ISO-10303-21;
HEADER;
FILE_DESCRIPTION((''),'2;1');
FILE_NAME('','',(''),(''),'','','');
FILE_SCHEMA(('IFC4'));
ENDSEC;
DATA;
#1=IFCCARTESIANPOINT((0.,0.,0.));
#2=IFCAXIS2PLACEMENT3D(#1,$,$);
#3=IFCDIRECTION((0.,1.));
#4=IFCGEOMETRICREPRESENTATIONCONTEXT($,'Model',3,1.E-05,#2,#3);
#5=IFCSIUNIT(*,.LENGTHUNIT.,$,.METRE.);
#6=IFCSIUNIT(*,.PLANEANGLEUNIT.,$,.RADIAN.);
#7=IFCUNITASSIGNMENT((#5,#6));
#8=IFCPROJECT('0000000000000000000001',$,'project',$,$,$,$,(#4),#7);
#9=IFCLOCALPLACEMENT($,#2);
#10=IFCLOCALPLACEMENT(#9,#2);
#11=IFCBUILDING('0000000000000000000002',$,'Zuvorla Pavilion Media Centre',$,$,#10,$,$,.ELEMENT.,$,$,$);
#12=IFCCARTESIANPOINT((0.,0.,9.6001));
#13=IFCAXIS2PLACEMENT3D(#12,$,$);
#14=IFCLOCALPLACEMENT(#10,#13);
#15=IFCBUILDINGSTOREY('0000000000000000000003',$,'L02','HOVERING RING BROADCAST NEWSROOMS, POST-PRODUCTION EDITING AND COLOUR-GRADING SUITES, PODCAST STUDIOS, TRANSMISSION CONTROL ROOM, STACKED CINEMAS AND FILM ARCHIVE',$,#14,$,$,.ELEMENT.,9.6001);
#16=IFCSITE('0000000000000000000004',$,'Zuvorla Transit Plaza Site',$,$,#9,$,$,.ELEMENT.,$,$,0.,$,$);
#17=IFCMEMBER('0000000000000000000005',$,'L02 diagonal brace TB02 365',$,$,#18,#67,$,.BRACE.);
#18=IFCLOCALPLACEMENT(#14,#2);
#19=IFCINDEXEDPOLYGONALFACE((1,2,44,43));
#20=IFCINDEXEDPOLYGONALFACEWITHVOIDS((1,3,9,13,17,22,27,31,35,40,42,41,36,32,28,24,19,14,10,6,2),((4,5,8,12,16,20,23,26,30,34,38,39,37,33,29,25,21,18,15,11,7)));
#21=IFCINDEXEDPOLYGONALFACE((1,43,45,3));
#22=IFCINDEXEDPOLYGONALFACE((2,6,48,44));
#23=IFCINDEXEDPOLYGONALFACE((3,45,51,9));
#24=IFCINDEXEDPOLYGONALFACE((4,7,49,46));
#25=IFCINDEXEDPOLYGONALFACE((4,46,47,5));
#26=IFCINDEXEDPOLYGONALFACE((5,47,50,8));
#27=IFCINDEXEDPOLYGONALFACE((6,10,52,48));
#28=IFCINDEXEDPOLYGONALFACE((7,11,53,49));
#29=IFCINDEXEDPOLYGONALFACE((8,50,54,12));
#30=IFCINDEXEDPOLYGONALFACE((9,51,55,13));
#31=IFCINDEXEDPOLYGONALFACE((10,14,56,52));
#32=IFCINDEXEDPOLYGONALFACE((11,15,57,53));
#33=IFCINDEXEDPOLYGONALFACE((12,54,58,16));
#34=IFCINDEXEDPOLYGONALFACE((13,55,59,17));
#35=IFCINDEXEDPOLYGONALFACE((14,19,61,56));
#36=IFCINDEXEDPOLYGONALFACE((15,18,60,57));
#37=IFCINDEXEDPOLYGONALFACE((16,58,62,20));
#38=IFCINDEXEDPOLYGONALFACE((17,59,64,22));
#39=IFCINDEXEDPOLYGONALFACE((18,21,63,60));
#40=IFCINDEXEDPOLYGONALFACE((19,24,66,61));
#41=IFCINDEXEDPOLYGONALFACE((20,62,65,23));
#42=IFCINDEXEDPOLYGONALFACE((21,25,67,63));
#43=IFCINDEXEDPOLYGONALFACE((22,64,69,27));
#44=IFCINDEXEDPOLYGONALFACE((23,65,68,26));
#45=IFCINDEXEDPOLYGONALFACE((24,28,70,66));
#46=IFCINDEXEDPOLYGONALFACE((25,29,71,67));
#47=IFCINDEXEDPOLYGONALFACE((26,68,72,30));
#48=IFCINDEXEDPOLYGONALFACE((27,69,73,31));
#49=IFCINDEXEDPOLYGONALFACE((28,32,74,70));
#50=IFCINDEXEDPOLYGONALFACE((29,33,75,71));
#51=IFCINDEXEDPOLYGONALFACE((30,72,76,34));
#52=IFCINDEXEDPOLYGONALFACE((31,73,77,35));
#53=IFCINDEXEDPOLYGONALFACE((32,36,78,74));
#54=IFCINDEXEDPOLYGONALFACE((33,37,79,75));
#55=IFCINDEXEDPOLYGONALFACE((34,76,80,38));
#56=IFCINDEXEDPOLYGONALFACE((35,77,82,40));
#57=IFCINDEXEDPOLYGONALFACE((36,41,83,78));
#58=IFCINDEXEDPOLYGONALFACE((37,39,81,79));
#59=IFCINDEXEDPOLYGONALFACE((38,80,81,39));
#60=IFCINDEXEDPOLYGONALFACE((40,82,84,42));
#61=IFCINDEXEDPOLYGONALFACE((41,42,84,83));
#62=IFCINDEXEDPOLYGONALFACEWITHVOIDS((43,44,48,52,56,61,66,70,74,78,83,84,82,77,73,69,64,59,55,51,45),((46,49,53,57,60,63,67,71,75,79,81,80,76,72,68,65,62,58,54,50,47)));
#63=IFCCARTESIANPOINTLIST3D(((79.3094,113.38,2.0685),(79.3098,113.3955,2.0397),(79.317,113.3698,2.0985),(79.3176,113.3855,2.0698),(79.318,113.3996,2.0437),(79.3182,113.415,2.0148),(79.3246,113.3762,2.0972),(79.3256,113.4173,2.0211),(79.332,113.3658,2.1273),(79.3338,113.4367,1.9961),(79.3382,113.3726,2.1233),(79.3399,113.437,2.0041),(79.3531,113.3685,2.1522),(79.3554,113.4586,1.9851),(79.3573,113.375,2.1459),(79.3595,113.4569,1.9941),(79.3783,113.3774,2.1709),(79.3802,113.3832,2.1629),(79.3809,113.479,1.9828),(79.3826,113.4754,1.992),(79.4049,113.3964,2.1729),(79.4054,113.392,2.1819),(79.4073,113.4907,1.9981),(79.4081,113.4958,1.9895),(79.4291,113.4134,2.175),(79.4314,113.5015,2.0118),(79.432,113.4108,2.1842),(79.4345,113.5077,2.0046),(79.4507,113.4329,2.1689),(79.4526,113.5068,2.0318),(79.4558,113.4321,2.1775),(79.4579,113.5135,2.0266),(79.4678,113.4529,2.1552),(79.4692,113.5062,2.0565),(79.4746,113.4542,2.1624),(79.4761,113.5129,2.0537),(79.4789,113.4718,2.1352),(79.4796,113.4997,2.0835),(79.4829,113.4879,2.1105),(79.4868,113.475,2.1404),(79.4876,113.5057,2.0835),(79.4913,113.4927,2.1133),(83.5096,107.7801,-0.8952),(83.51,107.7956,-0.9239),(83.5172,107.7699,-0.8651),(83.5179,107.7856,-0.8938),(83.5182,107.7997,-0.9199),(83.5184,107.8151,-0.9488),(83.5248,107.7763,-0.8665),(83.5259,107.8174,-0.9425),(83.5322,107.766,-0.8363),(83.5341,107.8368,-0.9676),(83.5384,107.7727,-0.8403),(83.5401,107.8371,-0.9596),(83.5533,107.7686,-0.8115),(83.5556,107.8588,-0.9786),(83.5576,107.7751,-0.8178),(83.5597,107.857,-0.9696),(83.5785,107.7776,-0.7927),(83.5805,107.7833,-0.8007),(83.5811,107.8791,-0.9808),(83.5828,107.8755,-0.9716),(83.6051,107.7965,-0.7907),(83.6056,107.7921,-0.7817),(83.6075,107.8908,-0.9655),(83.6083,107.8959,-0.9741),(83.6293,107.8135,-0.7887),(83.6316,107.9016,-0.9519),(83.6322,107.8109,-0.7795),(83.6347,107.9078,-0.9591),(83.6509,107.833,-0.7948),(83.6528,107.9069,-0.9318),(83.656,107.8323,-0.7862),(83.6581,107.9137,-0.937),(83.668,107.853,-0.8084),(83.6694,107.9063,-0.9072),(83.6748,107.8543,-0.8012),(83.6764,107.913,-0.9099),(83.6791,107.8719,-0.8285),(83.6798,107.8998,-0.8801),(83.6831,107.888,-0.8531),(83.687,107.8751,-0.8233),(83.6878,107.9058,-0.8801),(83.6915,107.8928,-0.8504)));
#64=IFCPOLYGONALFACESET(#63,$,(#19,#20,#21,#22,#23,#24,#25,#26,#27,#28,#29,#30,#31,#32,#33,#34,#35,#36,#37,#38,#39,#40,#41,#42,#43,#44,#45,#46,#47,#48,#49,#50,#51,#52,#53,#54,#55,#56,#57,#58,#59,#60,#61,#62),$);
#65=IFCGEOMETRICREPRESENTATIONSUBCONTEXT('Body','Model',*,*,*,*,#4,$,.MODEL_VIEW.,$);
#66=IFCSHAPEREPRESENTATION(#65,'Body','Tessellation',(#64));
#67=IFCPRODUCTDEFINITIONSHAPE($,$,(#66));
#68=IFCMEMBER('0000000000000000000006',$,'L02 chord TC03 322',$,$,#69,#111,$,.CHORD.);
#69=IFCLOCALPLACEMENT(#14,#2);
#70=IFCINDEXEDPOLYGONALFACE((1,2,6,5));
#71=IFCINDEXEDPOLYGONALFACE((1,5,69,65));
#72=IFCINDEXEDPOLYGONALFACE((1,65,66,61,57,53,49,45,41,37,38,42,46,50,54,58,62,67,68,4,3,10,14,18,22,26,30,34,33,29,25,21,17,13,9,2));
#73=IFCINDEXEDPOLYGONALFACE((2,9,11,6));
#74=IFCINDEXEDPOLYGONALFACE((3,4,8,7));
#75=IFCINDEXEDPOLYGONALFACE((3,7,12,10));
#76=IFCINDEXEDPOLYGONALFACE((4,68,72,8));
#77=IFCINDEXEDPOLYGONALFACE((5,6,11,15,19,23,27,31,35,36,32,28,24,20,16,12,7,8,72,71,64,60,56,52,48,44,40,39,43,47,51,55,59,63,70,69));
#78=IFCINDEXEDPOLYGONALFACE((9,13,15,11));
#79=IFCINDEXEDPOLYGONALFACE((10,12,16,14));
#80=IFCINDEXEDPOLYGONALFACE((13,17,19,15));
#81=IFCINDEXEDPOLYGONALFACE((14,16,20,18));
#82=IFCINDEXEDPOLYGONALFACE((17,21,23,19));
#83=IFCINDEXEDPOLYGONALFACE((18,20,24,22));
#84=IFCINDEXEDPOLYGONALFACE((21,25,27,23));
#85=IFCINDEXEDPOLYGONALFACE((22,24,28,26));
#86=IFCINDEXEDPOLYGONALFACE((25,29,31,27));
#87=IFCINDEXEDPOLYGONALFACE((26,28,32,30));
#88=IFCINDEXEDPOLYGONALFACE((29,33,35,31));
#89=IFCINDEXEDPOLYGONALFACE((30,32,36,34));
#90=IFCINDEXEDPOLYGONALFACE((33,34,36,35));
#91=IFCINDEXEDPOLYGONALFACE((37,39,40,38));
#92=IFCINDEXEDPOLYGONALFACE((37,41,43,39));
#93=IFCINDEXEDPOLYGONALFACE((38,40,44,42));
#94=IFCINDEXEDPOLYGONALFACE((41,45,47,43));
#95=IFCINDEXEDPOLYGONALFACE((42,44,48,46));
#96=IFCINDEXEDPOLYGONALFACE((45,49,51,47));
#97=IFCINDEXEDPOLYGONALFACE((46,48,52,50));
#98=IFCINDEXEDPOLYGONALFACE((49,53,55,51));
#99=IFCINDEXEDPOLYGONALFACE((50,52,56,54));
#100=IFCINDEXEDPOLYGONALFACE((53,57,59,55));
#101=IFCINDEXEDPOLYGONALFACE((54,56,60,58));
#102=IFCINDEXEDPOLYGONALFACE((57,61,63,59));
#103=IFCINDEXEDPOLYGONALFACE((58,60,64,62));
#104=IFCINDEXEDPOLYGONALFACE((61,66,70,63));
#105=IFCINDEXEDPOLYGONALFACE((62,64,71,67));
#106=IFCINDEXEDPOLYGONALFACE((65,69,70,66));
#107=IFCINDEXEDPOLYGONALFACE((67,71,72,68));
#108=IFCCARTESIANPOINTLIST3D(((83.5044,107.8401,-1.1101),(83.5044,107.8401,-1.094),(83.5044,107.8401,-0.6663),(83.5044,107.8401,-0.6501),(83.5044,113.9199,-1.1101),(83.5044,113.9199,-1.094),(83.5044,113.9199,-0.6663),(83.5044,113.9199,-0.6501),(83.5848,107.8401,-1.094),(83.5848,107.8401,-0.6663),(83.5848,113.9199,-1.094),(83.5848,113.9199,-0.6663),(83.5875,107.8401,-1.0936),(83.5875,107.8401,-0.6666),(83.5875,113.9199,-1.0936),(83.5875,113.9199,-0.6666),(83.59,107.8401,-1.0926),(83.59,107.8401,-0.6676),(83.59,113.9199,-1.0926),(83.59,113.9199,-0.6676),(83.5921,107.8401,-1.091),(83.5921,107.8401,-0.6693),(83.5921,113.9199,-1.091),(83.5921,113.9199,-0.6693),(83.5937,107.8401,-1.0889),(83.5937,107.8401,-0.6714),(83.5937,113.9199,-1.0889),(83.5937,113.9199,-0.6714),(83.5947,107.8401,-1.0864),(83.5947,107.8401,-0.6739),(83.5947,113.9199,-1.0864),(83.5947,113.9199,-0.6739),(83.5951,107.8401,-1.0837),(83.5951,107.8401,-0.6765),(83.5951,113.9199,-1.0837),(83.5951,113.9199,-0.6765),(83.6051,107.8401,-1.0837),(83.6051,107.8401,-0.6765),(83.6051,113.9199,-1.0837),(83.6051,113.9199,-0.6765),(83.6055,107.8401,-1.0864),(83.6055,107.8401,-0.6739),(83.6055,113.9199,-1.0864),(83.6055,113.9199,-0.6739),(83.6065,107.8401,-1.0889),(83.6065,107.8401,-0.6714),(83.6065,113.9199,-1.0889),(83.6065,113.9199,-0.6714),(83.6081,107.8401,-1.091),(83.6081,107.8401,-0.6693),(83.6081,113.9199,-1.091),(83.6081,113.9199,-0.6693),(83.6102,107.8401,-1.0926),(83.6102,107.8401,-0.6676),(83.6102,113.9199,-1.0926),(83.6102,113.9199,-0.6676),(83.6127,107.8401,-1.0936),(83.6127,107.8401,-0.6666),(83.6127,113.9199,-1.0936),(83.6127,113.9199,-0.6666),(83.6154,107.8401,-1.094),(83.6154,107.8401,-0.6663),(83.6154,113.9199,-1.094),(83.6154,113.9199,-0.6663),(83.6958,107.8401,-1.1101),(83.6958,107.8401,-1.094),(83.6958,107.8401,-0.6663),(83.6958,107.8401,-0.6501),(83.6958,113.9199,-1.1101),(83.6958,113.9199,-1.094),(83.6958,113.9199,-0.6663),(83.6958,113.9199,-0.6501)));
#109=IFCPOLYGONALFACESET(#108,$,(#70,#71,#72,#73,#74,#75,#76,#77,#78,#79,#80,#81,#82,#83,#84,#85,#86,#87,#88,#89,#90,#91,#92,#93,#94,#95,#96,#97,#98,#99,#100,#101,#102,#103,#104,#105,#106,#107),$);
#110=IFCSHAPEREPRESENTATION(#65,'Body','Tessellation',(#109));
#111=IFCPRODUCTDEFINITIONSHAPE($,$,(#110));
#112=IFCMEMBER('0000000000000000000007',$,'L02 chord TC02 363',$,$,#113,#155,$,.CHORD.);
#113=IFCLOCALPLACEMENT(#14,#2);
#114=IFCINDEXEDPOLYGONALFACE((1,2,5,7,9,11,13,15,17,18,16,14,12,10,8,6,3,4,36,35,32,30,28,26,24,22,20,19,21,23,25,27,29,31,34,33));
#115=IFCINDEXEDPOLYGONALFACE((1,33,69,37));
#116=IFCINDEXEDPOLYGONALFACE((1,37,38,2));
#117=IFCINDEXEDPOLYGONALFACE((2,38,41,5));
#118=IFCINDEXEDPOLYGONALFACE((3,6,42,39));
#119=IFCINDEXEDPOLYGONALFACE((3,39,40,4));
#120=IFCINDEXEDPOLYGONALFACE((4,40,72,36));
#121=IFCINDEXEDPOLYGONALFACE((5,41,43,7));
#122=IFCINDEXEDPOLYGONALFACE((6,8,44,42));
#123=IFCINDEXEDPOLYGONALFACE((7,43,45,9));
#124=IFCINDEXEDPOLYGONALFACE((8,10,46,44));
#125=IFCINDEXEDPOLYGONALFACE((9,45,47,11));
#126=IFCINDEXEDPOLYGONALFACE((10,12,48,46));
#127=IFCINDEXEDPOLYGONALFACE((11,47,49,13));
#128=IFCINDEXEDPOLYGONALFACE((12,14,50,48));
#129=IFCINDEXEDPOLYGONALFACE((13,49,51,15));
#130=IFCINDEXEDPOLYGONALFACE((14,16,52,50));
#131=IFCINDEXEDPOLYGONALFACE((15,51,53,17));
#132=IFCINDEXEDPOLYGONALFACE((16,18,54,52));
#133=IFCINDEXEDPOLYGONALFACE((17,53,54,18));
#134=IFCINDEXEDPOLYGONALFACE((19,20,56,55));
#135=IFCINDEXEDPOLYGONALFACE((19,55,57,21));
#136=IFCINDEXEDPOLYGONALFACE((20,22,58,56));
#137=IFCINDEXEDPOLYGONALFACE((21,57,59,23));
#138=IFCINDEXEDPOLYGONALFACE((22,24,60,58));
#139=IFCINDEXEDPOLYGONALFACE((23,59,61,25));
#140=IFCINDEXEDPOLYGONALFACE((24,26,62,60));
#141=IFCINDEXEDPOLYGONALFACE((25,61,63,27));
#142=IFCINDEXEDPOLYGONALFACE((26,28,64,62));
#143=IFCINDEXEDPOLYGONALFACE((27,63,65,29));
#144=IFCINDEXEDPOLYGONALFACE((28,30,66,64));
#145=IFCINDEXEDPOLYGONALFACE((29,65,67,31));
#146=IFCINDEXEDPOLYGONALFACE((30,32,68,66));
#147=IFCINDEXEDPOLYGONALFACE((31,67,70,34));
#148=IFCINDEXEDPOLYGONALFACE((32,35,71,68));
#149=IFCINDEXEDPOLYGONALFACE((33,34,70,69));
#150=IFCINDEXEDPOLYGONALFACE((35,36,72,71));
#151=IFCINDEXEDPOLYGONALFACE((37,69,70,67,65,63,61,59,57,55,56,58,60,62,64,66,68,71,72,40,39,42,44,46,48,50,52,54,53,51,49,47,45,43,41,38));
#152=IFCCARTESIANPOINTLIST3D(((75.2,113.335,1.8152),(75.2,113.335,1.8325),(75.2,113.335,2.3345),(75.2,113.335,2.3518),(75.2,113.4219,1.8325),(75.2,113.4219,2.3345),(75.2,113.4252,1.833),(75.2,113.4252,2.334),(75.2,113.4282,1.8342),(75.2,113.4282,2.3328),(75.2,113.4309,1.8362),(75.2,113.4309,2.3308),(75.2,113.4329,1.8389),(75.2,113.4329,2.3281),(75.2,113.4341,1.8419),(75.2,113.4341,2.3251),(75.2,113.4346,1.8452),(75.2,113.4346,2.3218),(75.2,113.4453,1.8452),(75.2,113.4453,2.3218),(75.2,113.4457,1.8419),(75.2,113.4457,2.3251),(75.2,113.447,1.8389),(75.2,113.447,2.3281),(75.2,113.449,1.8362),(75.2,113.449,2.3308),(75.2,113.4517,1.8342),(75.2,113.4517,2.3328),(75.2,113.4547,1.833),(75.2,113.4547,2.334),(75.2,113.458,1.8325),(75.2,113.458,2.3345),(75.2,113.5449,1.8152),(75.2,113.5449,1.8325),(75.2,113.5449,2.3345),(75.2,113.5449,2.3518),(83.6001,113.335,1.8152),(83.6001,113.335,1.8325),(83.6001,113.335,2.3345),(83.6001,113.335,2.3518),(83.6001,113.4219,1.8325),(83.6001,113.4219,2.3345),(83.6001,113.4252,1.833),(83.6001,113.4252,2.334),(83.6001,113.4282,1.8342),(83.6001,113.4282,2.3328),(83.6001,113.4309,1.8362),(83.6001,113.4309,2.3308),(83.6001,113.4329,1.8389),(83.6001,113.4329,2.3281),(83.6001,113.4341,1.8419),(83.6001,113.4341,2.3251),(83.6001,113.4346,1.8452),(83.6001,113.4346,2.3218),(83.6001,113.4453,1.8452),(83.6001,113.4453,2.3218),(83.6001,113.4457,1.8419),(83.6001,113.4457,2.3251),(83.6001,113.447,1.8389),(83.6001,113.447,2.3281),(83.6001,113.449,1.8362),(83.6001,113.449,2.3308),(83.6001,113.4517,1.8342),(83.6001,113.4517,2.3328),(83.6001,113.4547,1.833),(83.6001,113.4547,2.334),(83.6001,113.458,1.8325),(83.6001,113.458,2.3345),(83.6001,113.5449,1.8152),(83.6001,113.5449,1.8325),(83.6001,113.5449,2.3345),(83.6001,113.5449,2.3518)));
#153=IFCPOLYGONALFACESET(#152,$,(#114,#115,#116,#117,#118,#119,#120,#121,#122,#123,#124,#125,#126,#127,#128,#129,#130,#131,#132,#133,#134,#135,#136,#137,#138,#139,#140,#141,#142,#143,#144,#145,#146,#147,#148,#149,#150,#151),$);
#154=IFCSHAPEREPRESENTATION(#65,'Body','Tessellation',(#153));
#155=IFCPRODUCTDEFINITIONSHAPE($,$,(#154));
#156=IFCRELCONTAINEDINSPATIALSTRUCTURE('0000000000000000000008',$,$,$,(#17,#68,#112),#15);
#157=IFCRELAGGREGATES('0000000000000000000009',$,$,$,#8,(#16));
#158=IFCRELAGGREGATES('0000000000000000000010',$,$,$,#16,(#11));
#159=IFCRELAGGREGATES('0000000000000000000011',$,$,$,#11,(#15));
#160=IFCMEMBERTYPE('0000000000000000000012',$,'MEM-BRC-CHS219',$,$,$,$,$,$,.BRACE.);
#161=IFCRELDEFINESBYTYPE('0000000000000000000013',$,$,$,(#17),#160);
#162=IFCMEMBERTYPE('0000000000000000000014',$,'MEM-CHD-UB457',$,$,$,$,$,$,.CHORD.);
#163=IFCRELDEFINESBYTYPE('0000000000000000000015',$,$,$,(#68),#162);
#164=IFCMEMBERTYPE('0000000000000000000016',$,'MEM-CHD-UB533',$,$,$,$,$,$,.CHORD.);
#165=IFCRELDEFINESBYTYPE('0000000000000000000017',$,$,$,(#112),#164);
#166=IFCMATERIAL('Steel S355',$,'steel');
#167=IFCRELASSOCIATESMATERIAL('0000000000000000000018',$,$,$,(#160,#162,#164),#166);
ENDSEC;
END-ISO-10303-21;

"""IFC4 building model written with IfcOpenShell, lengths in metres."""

from ifc_helpers import new_model, si_unit, direction, frame, origin, origin_2d, place, context, subcontext, project, spatial, hollow_circle, i_section, extrude, material, material_profile, profile_set, type_object, element, save


model = new_model("IFC4")

# Units and contexts
model_context = context("Model", 3, precision=1e-05, world=origin(), true_north=direction((0.0, 1.0)))
body_context = subcontext(model_context, "Body", "Model", "MODEL_VIEW")
ifc_project = project(units=[si_unit("LENGTHUNIT", "METRE"), si_unit("PLANEANGLEUNIT", "RADIAN")], contexts=[model_context])

# Site, building, storey
site_placement = place(None, origin())
site = spatial("IfcSite", under=ifc_project, at=site_placement, Name="Zuvorla Transit Plaza Site", CompositionType="ELEMENT", RefElevation=0.0)
building_placement = place(site_placement, origin())
building = spatial("IfcBuilding", under=site, at=building_placement, Name="Zuvorla Pavilion Media Centre", CompositionType="ELEMENT")
storey_placement = place(building_placement, frame((0.0, 0.0, 9.6001)))
storey = spatial("IfcBuildingStorey", under=building, at=storey_placement, Name="L02", Description="HOVERING RING BROADCAST NEWSROOMS, POST-PRODUCTION EDITING AND COLOUR-GRADING SUITES, PODCAST STUDIOS, TRANSMISSION CONTROL ROOM, STACKED CINEMAS AND FILM ARCHIVE", CompositionType="ELEMENT", Elevation=9.6001)

# Members
ifc_material_1 = material(Name="Steel S355", Category="steel")
ifc_material_profile_1 = material_profile(ifc_material_1, hollow_circle(Radius=0.1096, WallThickness=0.01, at=origin_2d()), Name="CHS 219.1x10")
ifc_profile_set_1 = profile_set([ifc_material_profile_1], Name="Steel S355")
member_type_1 = type_object("IfcMemberType", Name="MEM-BRC-CHS219", PredefinedType="BRACE", material=ifc_profile_set_1)
member_1_placement = place(storey_placement, frame((79.3999, 113.4399, 2.0835), z_axis=(0.552547, -0.736676, -0.389873), x_axis=(0.799979, 0.600028, 0.0)))
element("IfcMember", 1, at=member_1_placement, inside=storey, type_object=member_type_1, Name="L02 diagonal brace TB02 365", PredefinedType="BRACE", context=body_context, shape_type="SweptSolid", body=[
    extrude(hollow_circle(Radius=0.1096, WallThickness=0.01, at=origin_2d()), origin(), (0.0, 0.0, 1.0), 7.6016),
])
ifc_material_profile_2 = material_profile(ifc_material_1, i_section(OverallWidth=0.1914, OverallDepth=0.46, WebThickness=0.01, FlangeThickness=0.0161, FilletRadius=0.0103, at=origin_2d()), Name="UB 457x191x82")
ifc_profile_set_2 = profile_set([ifc_material_profile_2], Name="Steel S355")
member_type_2 = type_object("IfcMemberType", Name="MEM-CHD-UB457", PredefinedType="CHORD", material=ifc_profile_set_2)
member_2_placement = place(storey_placement, frame((83.6001, 107.8401, -0.8801), z_axis=(0.0, 1.0, 0.0), x_axis=(-1.0, 0.0, 0.0)))
element("IfcMember", 2, at=member_2_placement, inside=storey, type_object=member_type_2, Name="L02 chord TC03 322", PredefinedType="CHORD", context=body_context, shape_type="SweptSolid", body=[
    extrude(i_section(OverallWidth=0.1914, OverallDepth=0.46, WebThickness=0.01, FlangeThickness=0.0161, FilletRadius=0.0103, at=origin_2d()), origin(), (0.0, 0.0, 1.0), 6.0798),
])
ifc_material_profile_3 = material_profile(ifc_material_1, i_section(OverallWidth=0.21, OverallDepth=0.5366, WebThickness=0.0107, FlangeThickness=0.0173, FilletRadius=0.0127, at=origin_2d()), Name="UB 533x210x101")
ifc_profile_set_3 = profile_set([ifc_material_profile_3], Name="Steel S355")
member_type_3 = type_object("IfcMemberType", Name="MEM-CHD-UB533", PredefinedType="CHORD", material=ifc_profile_set_3)
member_3_placement = place(storey_placement, frame((75.2, 113.4399, 2.0835), z_axis=(1.0, 0.0, 0.0), x_axis=(0.0, 1.0, 0.0)))
element("IfcMember", 3, at=member_3_placement, inside=storey, type_object=member_type_3, Name="L02 chord TC02 363", PredefinedType="CHORD", context=body_context, shape_type="SweptSolid", body=[
    extrude(i_section(OverallWidth=0.21, OverallDepth=0.5366, WebThickness=0.0107, FlangeThickness=0.0173, FilletRadius=0.0127, at=origin_2d()), origin(), (0.0, 0.0, 1.0), 8.4001),
])

save(model, "model.ifc")
